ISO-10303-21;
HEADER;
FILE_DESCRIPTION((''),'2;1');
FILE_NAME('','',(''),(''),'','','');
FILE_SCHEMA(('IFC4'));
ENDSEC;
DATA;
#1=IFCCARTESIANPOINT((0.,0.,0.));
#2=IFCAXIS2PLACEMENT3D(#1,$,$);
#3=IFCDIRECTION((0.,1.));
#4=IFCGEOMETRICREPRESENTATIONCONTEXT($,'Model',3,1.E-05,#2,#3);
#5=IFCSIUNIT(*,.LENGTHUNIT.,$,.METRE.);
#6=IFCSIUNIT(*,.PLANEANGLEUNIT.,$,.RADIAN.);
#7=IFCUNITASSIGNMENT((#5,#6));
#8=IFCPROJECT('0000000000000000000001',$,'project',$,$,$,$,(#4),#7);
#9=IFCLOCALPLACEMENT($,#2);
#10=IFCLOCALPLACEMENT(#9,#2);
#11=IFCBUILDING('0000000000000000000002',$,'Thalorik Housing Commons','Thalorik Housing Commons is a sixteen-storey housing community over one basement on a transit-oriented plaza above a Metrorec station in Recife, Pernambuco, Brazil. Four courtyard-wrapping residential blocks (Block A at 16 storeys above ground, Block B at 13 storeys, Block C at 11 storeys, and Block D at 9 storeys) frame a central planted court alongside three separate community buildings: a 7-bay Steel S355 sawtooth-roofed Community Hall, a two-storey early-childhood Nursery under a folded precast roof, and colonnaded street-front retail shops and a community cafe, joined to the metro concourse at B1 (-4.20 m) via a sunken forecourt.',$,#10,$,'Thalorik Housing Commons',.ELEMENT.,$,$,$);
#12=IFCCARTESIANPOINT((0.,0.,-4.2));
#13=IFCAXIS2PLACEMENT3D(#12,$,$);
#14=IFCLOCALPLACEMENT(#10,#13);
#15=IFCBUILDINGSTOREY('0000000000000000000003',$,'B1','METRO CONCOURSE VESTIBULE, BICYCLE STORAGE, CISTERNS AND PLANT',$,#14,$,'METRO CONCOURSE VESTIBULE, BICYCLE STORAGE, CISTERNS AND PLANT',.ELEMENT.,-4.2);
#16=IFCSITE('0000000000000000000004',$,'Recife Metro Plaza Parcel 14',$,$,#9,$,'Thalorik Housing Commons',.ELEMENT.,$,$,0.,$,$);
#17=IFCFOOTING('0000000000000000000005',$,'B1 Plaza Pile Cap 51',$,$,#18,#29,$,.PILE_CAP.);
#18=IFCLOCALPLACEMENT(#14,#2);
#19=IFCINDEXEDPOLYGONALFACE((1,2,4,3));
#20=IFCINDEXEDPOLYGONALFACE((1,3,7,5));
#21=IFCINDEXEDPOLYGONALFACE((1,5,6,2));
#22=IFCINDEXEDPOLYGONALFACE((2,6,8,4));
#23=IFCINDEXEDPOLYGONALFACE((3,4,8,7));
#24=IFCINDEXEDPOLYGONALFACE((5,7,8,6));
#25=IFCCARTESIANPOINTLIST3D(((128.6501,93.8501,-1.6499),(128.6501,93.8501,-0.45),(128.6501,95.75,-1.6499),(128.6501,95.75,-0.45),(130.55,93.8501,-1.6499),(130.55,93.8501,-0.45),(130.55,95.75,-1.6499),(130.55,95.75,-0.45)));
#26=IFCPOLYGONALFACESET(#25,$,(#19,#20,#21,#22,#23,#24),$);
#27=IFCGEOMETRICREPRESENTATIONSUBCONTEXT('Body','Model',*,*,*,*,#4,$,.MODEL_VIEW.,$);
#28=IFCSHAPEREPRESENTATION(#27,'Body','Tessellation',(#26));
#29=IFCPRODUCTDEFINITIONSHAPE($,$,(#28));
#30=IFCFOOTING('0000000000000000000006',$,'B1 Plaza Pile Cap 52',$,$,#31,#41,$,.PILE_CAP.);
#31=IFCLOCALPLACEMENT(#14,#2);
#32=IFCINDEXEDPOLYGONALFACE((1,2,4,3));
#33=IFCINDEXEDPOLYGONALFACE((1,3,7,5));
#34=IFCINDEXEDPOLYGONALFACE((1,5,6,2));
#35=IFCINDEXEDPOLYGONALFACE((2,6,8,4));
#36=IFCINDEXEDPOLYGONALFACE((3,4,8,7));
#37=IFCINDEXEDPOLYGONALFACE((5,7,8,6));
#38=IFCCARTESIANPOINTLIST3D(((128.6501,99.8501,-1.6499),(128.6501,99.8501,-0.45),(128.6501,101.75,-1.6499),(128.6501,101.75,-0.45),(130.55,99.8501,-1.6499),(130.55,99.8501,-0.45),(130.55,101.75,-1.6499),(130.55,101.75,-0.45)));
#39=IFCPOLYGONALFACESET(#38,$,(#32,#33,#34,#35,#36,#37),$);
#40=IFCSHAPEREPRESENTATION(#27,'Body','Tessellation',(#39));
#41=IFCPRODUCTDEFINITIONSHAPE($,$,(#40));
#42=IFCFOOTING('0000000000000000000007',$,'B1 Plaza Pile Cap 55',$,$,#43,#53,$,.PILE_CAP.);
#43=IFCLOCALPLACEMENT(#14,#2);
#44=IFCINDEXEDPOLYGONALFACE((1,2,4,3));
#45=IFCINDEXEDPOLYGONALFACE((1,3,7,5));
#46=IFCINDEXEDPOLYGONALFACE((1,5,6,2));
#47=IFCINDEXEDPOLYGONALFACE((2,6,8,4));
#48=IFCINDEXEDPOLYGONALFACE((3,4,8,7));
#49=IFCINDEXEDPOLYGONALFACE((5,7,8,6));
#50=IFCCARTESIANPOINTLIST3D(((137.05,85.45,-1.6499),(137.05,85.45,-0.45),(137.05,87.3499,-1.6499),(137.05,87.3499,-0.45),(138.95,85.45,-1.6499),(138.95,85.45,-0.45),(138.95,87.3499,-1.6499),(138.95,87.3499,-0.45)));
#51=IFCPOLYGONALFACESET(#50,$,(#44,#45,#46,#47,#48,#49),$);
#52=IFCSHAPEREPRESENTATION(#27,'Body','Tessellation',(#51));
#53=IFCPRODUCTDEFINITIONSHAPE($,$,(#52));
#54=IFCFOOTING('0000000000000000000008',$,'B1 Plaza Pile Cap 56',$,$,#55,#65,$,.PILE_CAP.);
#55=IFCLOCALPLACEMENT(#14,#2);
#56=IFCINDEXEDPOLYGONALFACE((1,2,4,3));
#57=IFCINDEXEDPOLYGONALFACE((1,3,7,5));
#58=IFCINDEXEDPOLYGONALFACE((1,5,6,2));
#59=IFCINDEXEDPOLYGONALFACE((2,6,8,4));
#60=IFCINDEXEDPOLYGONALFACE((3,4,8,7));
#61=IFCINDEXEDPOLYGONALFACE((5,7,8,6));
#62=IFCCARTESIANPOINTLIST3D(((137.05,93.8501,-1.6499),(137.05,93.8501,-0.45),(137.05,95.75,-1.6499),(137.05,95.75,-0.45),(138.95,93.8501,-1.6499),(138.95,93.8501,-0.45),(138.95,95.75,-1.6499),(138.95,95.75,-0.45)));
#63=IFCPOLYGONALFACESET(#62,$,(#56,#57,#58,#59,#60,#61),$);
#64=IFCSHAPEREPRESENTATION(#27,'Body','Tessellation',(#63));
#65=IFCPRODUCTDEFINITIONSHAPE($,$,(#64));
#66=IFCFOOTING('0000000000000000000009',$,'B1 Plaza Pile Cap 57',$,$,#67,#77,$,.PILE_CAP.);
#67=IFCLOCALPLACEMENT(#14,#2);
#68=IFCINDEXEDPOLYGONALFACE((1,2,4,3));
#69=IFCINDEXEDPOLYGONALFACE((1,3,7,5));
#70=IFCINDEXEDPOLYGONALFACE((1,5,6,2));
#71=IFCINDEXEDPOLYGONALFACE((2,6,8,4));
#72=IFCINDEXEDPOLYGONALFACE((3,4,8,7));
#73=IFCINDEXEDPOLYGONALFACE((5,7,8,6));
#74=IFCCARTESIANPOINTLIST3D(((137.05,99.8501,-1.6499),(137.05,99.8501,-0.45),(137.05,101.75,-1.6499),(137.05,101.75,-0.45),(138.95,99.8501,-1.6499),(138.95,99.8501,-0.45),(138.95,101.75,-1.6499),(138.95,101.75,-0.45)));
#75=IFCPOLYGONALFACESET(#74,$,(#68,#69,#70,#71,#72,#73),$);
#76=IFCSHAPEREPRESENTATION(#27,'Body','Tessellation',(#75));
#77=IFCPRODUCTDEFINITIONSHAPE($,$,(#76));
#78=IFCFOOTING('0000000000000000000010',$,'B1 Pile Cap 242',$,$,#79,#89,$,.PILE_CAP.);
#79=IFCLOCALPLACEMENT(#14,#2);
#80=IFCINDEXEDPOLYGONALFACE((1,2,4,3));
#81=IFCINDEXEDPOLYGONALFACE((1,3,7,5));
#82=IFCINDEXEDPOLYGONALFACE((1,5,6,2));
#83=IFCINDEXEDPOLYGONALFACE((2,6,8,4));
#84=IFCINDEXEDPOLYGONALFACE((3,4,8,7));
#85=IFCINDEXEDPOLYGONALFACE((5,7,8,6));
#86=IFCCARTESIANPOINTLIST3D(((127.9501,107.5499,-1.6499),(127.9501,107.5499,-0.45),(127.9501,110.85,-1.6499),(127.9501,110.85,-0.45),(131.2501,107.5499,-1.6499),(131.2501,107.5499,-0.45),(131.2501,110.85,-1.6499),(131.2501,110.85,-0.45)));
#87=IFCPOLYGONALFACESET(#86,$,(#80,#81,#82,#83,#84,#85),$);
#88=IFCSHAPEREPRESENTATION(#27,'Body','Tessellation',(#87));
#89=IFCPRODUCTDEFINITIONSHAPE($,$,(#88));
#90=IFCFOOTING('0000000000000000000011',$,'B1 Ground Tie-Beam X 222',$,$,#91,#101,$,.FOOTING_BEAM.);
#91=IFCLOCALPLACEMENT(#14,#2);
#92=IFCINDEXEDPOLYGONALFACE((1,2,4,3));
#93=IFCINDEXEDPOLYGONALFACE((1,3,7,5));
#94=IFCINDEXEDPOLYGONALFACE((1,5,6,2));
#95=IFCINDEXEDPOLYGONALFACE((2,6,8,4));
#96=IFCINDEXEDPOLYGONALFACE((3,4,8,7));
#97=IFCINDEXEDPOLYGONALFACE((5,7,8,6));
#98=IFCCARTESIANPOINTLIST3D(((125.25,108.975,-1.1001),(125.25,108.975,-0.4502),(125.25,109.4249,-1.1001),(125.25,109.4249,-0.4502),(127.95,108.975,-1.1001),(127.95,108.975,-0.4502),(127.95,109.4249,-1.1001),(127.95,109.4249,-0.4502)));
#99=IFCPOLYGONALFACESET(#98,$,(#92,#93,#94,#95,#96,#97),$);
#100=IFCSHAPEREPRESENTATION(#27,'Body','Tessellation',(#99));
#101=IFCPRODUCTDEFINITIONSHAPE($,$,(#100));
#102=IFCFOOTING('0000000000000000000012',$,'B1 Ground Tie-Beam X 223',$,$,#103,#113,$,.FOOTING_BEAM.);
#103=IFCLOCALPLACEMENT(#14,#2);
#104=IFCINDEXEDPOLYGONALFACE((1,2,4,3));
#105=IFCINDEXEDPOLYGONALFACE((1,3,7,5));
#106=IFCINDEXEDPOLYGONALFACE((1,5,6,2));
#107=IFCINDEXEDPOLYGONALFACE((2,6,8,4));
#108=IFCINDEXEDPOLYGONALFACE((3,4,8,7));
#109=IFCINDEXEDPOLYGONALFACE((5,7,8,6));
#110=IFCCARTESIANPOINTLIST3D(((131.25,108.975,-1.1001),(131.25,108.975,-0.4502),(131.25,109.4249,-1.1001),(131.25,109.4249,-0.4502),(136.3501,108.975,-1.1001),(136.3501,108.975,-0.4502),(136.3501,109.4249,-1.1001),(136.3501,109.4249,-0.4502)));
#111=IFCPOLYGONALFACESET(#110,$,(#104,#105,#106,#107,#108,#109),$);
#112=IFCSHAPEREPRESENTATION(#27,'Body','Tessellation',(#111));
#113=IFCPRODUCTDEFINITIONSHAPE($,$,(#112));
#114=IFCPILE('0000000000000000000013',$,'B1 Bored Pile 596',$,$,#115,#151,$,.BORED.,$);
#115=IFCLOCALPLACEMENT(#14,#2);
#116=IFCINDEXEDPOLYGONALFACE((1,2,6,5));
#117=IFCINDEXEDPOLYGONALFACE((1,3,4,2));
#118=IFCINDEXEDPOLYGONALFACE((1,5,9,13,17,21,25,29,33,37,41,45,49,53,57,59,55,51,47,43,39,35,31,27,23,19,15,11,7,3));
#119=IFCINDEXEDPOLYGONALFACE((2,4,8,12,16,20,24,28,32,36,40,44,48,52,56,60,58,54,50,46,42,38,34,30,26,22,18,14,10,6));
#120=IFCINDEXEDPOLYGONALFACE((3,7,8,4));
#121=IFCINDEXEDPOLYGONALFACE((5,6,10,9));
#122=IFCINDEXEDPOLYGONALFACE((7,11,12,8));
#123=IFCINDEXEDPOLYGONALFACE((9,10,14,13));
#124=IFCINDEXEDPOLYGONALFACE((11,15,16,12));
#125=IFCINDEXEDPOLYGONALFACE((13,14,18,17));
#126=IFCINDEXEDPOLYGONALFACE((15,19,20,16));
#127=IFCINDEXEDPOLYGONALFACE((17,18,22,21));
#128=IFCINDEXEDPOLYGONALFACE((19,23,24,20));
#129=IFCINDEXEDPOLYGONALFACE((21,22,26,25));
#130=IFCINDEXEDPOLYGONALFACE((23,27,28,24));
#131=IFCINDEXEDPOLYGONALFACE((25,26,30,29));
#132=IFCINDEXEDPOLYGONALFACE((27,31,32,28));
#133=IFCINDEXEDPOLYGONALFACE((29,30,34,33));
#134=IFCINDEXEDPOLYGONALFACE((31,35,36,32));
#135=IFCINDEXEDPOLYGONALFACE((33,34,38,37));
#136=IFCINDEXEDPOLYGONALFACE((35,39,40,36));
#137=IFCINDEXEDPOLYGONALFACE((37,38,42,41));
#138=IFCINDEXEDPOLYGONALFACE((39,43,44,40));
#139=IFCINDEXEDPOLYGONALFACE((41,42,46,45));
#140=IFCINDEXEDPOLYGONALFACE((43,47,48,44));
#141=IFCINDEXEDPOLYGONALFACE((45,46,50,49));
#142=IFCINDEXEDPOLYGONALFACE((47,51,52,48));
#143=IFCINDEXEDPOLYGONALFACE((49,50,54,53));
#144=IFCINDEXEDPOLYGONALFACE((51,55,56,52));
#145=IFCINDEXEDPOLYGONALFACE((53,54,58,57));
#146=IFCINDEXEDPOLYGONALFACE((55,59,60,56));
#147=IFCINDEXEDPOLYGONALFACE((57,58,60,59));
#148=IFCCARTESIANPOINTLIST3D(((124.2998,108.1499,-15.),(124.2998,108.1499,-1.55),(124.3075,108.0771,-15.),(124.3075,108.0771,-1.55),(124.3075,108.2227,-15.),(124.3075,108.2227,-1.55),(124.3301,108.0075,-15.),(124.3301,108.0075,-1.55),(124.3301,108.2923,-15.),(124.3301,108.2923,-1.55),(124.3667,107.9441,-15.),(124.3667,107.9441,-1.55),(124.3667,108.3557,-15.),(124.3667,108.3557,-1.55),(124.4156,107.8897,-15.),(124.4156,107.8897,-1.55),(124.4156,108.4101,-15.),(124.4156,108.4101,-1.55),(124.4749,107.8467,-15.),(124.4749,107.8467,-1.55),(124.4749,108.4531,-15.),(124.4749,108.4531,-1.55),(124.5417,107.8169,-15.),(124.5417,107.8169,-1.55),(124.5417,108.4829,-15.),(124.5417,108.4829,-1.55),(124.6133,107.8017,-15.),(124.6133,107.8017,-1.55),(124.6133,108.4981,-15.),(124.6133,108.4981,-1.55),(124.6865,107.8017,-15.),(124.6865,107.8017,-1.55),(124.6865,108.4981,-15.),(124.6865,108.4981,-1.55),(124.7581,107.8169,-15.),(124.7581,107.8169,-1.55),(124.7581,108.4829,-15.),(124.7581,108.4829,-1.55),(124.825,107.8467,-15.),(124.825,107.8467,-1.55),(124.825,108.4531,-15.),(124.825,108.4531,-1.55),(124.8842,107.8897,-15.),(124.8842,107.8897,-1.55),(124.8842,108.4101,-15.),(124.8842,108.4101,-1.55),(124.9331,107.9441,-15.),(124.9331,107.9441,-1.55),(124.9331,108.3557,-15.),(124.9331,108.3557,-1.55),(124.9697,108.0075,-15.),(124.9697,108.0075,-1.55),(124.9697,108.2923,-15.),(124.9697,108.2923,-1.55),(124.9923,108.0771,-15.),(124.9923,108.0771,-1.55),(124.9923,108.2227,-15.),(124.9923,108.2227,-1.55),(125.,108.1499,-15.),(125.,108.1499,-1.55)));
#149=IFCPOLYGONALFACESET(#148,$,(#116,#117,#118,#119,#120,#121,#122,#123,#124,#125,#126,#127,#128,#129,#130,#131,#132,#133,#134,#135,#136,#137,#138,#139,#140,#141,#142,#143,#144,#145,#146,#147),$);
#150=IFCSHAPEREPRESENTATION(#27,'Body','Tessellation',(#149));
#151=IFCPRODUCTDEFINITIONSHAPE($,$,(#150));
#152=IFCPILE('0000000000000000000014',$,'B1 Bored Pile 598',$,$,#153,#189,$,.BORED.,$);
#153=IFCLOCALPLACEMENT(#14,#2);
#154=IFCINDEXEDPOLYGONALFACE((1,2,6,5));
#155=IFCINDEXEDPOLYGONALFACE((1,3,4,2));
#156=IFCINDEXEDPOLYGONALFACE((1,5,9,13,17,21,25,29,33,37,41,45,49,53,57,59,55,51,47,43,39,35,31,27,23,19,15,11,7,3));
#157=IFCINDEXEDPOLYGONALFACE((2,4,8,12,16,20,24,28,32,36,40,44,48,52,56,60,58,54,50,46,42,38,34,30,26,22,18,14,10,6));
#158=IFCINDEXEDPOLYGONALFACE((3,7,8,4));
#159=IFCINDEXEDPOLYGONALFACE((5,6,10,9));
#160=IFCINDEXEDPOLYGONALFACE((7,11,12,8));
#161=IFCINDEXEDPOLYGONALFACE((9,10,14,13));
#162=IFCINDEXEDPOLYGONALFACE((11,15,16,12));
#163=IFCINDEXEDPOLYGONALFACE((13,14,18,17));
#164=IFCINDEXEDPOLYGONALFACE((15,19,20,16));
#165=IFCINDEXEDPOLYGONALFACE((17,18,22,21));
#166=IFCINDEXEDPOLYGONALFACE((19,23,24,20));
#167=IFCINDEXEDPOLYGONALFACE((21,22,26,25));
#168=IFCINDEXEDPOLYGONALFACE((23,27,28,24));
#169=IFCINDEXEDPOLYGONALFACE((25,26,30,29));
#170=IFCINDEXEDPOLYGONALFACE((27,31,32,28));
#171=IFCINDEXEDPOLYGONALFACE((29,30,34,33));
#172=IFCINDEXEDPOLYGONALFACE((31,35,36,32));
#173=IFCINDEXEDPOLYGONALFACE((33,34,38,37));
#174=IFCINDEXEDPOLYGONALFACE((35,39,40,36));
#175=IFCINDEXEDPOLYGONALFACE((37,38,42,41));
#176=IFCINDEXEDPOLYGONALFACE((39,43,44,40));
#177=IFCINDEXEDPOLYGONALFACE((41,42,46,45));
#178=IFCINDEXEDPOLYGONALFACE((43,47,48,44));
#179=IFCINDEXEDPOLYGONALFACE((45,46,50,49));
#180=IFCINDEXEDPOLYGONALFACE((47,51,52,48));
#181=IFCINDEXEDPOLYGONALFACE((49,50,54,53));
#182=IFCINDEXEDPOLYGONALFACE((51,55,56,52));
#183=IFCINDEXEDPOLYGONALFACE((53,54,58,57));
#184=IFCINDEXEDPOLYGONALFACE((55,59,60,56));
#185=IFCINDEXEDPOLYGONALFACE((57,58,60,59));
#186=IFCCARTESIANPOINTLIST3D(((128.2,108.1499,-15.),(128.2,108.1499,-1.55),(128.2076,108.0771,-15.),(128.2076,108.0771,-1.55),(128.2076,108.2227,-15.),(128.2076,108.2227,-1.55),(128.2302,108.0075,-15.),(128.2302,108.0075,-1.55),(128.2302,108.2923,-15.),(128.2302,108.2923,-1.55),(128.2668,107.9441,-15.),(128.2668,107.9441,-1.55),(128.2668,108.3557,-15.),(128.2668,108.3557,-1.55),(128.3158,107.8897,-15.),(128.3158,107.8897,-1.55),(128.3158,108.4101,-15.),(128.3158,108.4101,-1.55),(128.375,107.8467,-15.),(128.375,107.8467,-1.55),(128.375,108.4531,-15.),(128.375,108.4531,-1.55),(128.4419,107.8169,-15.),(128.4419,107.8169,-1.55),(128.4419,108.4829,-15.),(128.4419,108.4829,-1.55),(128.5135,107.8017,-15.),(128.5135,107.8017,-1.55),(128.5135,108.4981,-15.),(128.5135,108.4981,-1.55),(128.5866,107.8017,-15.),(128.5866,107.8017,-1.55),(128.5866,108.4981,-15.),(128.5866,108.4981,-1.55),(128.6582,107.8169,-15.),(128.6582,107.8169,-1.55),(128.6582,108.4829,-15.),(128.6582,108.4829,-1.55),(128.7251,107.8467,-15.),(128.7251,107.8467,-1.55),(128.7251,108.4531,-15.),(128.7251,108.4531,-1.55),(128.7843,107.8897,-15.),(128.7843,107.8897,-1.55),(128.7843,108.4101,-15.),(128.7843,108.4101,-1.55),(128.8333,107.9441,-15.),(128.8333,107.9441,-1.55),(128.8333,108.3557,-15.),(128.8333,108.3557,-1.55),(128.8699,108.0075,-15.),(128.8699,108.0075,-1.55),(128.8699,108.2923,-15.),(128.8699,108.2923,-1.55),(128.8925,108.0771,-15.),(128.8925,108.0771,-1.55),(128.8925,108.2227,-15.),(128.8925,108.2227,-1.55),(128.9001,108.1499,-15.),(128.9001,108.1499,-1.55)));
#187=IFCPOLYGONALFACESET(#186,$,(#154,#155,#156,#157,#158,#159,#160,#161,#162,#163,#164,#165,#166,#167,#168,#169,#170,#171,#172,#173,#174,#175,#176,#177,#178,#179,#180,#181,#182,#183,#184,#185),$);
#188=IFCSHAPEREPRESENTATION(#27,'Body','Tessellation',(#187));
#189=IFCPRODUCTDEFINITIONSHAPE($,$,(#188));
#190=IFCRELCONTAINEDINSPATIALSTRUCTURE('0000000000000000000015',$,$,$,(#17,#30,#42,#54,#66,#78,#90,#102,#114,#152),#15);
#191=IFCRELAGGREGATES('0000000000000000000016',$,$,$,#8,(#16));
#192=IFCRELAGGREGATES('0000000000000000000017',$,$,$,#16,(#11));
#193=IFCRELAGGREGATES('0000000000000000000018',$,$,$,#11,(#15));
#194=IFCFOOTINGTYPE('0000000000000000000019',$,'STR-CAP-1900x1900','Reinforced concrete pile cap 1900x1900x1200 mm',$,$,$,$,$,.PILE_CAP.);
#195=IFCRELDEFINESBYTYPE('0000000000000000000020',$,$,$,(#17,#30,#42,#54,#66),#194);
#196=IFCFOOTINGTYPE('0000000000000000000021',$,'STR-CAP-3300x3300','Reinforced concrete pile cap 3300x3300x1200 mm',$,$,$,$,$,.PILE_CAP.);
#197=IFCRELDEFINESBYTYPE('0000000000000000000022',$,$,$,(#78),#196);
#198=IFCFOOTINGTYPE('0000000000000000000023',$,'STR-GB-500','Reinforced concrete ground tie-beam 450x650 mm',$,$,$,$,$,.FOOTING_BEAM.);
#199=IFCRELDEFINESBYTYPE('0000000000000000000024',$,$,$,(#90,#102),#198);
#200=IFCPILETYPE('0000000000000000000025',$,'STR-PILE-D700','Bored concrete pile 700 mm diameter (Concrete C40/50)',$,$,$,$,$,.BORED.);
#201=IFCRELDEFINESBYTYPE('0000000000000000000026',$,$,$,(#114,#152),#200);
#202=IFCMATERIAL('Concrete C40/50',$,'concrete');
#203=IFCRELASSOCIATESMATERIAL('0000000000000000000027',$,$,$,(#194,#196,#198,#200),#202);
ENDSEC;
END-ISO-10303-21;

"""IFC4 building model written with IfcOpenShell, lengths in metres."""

from ifc_helpers import new_model, si_unit, direction, frame, origin, origin_2d, place, context, subcontext, project, spatial, rectangle, circle, extrude, material, material_profile, profile_set, type_object, element, save


model = new_model("IFC4")

# Units and contexts
model_context = context("Model", 3, precision=1e-05, world=origin(), true_north=direction((0.0, 1.0)))
body_context = subcontext(model_context, "Body", "Model", "MODEL_VIEW")
ifc_project = project(units=[si_unit("LENGTHUNIT", "METRE"), si_unit("PLANEANGLEUNIT", "RADIAN")], contexts=[model_context])

# Site, building, storey
site_placement = place(None, origin())
site = spatial("IfcSite", under=ifc_project, at=site_placement, Name="Recife Metro Plaza Parcel 14", LongName="Thalorik Housing Commons", CompositionType="ELEMENT", RefElevation=0.0)
building_placement = place(site_placement, origin())
building = spatial("IfcBuilding", under=site, at=building_placement, Name="Thalorik Housing Commons", Description="Thalorik Housing Commons is a sixteen-storey housing community over one basement on a transit-oriented plaza above a Metrorec station in Recife, Pernambuco, Brazil. Four courtyard-wrapping residential blocks (Block A at 16 storeys above ground, Block B at 13 storeys, Block C at 11 storeys, and Block D at 9 storeys) frame a central planted court alongside three separate community buildings: a 7-bay Steel S355 sawtooth-roofed Community Hall, a two-storey early-childhood Nursery under a folded precast roof, and colonnaded street-front retail shops and a community cafe, joined to the metro concourse at B1 (-4.20 m) via a sunken forecourt.", LongName="Thalorik Housing Commons", CompositionType="ELEMENT")
storey_placement = place(building_placement, frame((0.0, 0.0, -4.2)))
storey = spatial("IfcBuildingStorey", under=building, at=storey_placement, Name="B1", Description="METRO CONCOURSE VESTIBULE, BICYCLE STORAGE, CISTERNS AND PLANT", LongName="METRO CONCOURSE VESTIBULE, BICYCLE STORAGE, CISTERNS AND PLANT", CompositionType="ELEMENT", Elevation=-4.2)

# Footings
ifc_material_1 = material(Name="Concrete C40/50", Category="concrete")
footing_type_1 = type_object("IfcFootingType", Name="STR-CAP-1900x1900", Description="Reinforced concrete pile cap 1900x1900x1200 mm", PredefinedType="PILE_CAP", material=ifc_material_1)
for number, where, z_axis, x_axis, name in (
    (1, (129.6001, 94.8, -1.6499), (0.0, 0.0, 1.0), (1.0, 0.0, 0.0), "B1 Plaza Pile Cap 51"),
    (2, (129.6001, 100.8, -1.6499), (0.0, 0.0, 1.0), (1.0, 0.0, 0.0), "B1 Plaza Pile Cap 52"),
    (3, (138.0, 86.3999, -1.6499), (0.0, 0.0, 1.0), (1.0, 0.0, 0.0), "B1 Plaza Pile Cap 55"),
    (4, (138.0, 94.8, -1.6499), (0.0, 0.0, 1.0), (1.0, 0.0, 0.0), "B1 Plaza Pile Cap 56"),
    (5, (138.0, 100.8, -1.6499), (0.0, 0.0, 1.0), (1.0, 0.0, 0.0), "B1 Plaza Pile Cap 57"),
):
    element("IfcFooting", number, at=place(storey_placement, frame(where, z_axis=z_axis, x_axis=x_axis)), inside=storey, type_object=footing_type_1, Name=name, PredefinedType="PILE_CAP", context=body_context, shape_type="SweptSolid", body=[
        extrude(rectangle(XDim=1.8999, YDim=1.8999, at=origin_2d()), origin(), (0.0, 0.0, 1.0), 1.2),
    ])
footing_type_2 = type_object("IfcFootingType", Name="STR-CAP-3300x3300", Description="Reinforced concrete pile cap 3300x3300x1200 mm", PredefinedType="PILE_CAP", material=ifc_material_1)
footing_1_placement = place(storey_placement, frame((129.6001, 109.2, -1.6499), z_axis=(0.0, 0.0, 1.0), x_axis=(1.0, 0.0, 0.0)))
element("IfcFooting", 6, at=footing_1_placement, inside=storey, type_object=footing_type_2, Name="B1 Pile Cap 242", PredefinedType="PILE_CAP", context=body_context, shape_type="SweptSolid", body=[
    extrude(rectangle(XDim=3.3, YDim=3.3, at=origin_2d()), origin(), (0.0, 0.0, 1.0), 1.2),
])
ifc_material_profile_1 = material_profile(ifc_material_1, rectangle(XDim=0.45, YDim=0.6499, at=origin_2d()), Name="RC 450x650", Category="concrete")
ifc_profile_set_1 = profile_set([ifc_material_profile_1], Name="Concrete C40/50")
footing_type_3 = type_object("IfcFootingType", Name="STR-GB-500", Description="Reinforced concrete ground tie-beam 450x650 mm", PredefinedType="FOOTING_BEAM", material=ifc_profile_set_1)
footing_2_placement = place(storey_placement, frame((125.25, 109.2, -0.7751), z_axis=(1.0, 0.0, 0.0), x_axis=(0.0, 1.0, 0.0)))
element("IfcFooting", 7, at=footing_2_placement, inside=storey, type_object=footing_type_3, Name="B1 Ground Tie-Beam X 222", PredefinedType="FOOTING_BEAM", context=body_context, shape_type="SweptSolid", body=[
    extrude(rectangle(XDim=0.45, YDim=0.6499, at=origin_2d()), origin(), (0.0, 0.0, 1.0), 2.7),
])
footing_3_placement = place(storey_placement, frame((131.25, 109.2, -0.7751), z_axis=(1.0, 0.0, 0.0), x_axis=(0.0, 1.0, 0.0)))
element("IfcFooting", 8, at=footing_3_placement, inside=storey, type_object=footing_type_3, Name="B1 Ground Tie-Beam X 223", PredefinedType="FOOTING_BEAM", context=body_context, shape_type="SweptSolid", body=[
    extrude(rectangle(XDim=0.45, YDim=0.6499, at=origin_2d()), origin(), (0.0, 0.0, 1.0), 5.1001),
])

# Piles
ifc_material_profile_2 = material_profile(ifc_material_1, circle(Radius=0.3501, at=origin_2d()), Name="BORED PILE D700", Category="concrete")
ifc_profile_set_2 = profile_set([ifc_material_profile_2], Name="Concrete C40/50")
pile_type = type_object("IfcPileType", Name="STR-PILE-D700", Description="Bored concrete pile 700 mm diameter (Concrete C40/50)", PredefinedType="BORED", material=ifc_profile_set_2)
for number, where, z_axis, x_axis, name in (
    (9, (124.6499, 108.1499, -1.55), (0.0, 0.0, -1.0), (1.0, 0.0, 0.0), "B1 Bored Pile 596"),
    (10, (128.55, 108.1499, -1.55), (0.0, 0.0, -1.0), (1.0, 0.0, 0.0), "B1 Bored Pile 598"),
):
    element("IfcPile", number, at=place(storey_placement, frame(where, z_axis=z_axis, x_axis=x_axis)), inside=storey, type_object=pile_type, Name=name, PredefinedType="BORED", context=body_context, shape_type="SweptSolid", body=[
        extrude(circle(Radius=0.3501, at=origin_2d()), origin(), (0.0, 0.0, 1.0), 13.45),
    ])

save(model, "model.ifc")
